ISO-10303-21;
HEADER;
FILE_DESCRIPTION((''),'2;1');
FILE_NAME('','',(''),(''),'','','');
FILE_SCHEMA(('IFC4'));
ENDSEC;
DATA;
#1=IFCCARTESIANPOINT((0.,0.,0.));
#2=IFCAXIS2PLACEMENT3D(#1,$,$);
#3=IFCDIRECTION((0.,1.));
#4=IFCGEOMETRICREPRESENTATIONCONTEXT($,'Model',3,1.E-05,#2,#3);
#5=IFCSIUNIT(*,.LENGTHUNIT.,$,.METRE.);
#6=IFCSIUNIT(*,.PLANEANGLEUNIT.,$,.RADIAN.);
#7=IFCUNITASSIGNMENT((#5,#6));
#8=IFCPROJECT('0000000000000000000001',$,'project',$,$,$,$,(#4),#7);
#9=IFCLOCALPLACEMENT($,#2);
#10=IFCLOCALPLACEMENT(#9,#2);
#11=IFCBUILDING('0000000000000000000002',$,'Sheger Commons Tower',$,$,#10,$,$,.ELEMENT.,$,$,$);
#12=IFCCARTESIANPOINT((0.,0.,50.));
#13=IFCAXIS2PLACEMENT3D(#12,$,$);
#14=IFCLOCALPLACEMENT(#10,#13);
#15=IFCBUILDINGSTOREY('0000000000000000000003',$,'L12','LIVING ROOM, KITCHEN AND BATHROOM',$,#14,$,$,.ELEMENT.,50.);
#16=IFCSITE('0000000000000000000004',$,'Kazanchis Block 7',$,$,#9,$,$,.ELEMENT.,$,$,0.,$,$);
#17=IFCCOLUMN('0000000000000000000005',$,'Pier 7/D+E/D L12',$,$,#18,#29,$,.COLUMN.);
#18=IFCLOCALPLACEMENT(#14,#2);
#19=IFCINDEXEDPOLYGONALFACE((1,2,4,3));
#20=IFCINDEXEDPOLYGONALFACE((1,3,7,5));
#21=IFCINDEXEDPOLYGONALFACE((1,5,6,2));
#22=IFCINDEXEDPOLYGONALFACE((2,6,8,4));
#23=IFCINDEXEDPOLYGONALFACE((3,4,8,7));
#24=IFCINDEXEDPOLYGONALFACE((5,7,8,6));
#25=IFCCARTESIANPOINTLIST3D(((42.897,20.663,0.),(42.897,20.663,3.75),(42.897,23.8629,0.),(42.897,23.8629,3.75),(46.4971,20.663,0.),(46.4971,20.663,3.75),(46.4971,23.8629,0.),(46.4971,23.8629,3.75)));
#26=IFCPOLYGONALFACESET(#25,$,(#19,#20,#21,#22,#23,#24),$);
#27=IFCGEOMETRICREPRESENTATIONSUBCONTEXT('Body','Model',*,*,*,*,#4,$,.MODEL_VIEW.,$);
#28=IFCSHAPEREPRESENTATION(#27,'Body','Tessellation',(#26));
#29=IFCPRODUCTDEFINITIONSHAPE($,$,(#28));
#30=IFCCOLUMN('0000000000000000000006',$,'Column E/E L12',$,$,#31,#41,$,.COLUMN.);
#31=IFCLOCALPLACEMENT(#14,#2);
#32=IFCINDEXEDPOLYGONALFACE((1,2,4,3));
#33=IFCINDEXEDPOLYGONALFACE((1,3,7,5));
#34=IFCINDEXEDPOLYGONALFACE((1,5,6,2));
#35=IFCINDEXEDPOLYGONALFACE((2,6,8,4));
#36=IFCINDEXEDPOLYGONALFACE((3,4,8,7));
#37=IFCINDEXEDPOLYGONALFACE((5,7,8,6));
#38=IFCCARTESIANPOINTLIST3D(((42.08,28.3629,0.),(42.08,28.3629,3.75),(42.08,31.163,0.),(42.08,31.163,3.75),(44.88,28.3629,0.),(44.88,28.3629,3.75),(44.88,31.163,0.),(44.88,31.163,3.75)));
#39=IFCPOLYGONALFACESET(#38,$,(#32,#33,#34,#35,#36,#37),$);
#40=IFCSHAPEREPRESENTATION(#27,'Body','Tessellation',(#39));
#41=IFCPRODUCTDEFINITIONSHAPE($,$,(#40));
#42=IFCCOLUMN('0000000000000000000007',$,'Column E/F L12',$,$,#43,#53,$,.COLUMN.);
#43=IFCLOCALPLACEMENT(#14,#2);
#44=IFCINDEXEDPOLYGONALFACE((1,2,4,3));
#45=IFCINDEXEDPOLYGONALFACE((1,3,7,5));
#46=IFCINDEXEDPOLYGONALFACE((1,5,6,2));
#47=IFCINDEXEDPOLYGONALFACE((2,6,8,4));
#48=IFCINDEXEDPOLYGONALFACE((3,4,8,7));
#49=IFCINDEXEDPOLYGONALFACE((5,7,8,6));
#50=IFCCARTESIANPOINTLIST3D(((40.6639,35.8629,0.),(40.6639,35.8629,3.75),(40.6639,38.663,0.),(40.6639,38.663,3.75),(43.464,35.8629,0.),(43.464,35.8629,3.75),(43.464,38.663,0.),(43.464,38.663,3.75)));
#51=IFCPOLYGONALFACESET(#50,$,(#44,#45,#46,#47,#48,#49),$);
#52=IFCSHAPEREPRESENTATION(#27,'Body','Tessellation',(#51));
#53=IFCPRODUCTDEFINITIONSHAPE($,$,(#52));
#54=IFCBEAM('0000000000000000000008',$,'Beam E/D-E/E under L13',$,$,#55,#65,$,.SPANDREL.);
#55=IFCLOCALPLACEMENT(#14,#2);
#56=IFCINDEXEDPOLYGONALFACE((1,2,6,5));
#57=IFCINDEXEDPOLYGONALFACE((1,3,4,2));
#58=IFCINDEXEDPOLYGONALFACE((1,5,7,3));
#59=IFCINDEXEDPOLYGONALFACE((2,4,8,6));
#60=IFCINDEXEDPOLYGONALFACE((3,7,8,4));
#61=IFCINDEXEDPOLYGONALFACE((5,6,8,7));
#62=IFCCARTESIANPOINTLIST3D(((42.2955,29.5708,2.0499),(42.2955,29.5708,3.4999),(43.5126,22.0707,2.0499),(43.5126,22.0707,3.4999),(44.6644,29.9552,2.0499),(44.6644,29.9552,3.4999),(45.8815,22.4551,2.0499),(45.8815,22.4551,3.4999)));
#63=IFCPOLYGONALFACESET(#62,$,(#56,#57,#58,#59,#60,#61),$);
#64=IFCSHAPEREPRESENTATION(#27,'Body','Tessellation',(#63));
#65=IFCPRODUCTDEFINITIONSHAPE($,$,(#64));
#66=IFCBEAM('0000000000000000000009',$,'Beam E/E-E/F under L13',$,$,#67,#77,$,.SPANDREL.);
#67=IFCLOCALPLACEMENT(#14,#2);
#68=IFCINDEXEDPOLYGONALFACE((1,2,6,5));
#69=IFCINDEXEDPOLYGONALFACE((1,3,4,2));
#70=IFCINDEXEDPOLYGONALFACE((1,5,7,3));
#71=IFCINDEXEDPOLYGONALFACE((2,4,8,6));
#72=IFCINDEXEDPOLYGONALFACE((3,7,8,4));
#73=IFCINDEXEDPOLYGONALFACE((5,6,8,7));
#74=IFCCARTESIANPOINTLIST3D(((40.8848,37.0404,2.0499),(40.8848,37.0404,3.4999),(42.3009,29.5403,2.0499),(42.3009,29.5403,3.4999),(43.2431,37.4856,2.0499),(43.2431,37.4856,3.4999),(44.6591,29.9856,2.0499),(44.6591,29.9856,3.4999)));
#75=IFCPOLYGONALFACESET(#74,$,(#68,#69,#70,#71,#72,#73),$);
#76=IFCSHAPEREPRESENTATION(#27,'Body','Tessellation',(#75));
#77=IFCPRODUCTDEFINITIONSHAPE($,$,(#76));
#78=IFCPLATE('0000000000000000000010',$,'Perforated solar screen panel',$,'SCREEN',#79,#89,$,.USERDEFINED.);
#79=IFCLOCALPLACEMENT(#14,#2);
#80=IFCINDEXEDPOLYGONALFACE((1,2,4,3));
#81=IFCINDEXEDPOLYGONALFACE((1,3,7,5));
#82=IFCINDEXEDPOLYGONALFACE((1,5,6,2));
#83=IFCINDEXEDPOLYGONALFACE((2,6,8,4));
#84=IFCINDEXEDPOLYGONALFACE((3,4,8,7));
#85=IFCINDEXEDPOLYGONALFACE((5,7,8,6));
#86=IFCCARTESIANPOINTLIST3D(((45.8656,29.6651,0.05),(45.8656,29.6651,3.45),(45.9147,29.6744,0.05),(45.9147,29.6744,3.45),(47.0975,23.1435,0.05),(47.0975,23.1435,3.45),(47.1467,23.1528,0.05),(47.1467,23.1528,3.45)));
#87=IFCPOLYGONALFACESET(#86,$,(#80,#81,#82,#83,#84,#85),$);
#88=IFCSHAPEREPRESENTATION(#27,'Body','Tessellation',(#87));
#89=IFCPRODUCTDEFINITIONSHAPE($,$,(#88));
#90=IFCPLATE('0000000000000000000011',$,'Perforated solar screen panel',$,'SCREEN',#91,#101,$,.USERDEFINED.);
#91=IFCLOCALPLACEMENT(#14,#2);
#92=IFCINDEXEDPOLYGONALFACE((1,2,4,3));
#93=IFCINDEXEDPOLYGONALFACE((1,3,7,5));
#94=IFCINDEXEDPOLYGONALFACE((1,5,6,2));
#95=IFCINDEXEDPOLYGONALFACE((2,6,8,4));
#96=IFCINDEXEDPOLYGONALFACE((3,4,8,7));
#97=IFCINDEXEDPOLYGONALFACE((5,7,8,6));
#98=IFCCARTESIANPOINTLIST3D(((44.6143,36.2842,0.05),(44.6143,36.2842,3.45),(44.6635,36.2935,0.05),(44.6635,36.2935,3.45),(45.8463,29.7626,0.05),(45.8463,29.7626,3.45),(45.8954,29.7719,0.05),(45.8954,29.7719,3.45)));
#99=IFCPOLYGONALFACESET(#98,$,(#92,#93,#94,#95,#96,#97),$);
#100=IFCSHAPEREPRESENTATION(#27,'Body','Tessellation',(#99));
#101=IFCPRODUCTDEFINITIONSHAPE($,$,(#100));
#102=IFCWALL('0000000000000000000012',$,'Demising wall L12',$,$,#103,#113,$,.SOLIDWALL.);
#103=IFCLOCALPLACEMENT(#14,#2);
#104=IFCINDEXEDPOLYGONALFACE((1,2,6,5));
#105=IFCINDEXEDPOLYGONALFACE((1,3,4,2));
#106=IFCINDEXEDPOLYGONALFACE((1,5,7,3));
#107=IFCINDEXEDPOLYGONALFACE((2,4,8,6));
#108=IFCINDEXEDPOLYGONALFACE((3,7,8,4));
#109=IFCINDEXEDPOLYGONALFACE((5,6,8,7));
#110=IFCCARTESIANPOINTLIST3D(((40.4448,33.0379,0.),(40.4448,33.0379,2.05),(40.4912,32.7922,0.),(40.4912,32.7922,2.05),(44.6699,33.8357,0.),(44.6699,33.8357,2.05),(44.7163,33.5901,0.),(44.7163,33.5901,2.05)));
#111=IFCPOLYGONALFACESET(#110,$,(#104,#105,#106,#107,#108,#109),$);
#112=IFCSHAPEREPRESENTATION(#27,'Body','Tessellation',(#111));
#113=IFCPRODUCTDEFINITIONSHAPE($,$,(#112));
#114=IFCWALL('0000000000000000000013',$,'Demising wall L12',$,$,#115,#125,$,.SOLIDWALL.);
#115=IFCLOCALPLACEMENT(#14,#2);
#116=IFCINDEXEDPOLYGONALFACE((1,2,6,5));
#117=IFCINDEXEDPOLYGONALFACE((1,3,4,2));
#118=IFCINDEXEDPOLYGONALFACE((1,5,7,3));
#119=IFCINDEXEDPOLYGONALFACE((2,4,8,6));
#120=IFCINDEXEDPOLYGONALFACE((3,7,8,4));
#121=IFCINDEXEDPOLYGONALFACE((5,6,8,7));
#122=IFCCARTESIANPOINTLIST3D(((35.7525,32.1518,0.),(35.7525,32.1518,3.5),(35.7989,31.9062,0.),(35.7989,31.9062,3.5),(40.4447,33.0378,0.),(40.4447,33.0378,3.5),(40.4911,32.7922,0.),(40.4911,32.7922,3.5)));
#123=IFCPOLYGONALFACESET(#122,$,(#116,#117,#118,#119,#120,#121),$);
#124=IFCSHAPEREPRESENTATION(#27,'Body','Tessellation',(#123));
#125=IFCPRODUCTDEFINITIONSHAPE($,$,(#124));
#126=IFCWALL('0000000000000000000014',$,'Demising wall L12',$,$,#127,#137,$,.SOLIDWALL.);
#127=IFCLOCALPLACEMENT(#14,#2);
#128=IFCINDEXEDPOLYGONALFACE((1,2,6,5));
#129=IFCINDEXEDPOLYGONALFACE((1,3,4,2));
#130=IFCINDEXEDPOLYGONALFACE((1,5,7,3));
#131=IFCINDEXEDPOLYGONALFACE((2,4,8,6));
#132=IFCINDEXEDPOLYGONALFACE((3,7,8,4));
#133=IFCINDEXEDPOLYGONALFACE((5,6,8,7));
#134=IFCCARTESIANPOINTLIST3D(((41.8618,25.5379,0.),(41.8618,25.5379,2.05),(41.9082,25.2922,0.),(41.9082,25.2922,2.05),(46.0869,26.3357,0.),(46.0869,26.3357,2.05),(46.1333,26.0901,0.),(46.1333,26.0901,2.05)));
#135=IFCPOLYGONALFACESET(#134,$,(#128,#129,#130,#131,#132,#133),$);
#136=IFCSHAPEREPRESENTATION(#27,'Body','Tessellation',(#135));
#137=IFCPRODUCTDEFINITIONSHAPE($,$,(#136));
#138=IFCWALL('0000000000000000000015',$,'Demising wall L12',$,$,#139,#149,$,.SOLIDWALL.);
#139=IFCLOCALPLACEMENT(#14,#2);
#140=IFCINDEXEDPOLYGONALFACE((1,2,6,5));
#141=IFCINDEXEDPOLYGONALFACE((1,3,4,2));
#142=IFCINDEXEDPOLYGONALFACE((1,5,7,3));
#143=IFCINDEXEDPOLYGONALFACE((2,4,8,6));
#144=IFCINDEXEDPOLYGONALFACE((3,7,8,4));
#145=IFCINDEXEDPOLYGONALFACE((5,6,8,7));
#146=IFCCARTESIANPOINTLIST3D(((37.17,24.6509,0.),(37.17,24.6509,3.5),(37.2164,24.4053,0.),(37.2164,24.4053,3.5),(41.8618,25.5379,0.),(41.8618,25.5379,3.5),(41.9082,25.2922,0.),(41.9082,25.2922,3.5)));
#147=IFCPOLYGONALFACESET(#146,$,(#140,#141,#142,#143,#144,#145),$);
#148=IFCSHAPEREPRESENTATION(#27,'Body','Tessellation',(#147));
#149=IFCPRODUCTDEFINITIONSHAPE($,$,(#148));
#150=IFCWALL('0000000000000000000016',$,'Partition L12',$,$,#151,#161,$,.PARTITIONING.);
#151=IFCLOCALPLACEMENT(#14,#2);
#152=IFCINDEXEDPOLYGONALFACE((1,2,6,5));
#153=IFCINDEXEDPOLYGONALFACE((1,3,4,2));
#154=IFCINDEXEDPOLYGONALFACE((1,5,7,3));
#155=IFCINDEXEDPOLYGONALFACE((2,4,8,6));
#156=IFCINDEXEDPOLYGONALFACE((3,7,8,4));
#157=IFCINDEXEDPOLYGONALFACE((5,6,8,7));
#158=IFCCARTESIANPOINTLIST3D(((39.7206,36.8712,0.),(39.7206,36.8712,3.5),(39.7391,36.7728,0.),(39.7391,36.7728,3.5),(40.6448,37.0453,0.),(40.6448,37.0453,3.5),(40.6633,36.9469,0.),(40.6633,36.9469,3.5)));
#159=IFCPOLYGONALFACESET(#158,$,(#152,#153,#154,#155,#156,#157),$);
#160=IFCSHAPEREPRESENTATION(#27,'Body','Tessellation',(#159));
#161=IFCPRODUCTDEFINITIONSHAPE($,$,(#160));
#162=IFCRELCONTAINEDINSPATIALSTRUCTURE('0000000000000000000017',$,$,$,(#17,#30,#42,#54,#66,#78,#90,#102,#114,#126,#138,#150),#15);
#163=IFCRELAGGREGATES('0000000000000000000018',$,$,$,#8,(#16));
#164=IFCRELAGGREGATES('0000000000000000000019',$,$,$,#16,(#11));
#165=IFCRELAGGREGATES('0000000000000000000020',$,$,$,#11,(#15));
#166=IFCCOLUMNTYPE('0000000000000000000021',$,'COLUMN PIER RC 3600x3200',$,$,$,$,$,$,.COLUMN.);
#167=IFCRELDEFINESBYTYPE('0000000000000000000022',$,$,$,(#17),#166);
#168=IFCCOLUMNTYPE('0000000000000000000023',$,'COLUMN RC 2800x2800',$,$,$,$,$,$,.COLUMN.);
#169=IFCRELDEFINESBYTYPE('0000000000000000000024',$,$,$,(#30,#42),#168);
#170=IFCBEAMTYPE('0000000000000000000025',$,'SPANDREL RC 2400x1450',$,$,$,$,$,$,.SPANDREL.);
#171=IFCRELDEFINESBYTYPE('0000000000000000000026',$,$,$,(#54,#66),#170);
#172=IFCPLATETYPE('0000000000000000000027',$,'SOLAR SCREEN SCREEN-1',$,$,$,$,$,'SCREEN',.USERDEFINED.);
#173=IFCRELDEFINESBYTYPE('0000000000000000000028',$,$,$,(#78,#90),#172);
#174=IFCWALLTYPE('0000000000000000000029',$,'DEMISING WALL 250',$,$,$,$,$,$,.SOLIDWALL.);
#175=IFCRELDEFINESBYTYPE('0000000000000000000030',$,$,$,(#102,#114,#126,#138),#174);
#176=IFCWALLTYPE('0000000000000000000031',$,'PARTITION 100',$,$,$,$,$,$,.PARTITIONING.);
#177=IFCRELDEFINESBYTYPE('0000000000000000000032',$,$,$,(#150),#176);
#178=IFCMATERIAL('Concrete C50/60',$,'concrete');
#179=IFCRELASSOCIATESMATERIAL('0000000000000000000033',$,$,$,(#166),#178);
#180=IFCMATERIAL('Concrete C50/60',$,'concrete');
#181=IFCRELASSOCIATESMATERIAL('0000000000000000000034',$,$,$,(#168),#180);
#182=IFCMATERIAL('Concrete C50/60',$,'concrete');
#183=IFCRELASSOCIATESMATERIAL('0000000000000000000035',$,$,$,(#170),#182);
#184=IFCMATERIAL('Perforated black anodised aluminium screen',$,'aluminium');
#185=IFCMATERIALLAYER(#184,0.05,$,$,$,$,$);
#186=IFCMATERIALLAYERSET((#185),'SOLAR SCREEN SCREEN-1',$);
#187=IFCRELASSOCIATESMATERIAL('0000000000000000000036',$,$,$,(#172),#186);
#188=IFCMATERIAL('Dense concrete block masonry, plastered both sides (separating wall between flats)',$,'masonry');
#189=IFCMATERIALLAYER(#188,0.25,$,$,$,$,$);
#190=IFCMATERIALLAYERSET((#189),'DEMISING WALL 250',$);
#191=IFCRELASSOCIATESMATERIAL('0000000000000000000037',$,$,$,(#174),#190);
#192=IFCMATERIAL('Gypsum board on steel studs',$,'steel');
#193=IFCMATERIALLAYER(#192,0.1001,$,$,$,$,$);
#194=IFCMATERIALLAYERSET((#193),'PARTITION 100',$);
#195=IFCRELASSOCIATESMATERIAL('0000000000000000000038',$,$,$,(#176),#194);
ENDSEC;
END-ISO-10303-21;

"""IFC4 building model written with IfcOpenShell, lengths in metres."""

from ifc_helpers import new_model, si_unit, direction, frame, frame_2d, origin, origin_2d, place, context, subcontext, project, spatial, rectangle, extrude, material, layer, layer_set, material_profile, profile_set, type_object, element, save


model = new_model("IFC4")

# Units and contexts
model_context = context("Model", 3, precision=1e-05, world=origin(), true_north=direction((0.0, 1.0)))
body_context = subcontext(model_context, "Body", "Model", "MODEL_VIEW")
ifc_project = project(units=[si_unit("LENGTHUNIT", "METRE"), si_unit("PLANEANGLEUNIT", "RADIAN")], contexts=[model_context])

# Site, building, storey
site_placement = place(None, origin())
site = spatial("IfcSite", under=ifc_project, at=site_placement, Name="Kazanchis Block 7", CompositionType="ELEMENT", RefElevation=0.0)
building_placement = place(site_placement, origin())
building = spatial("IfcBuilding", under=site, at=building_placement, Name="Sheger Commons Tower", CompositionType="ELEMENT")
storey_placement = place(building_placement, frame((0.0, 0.0, 50.0)))
storey = spatial("IfcBuildingStorey", under=building, at=storey_placement, Name="L12", Description="LIVING ROOM, KITCHEN AND BATHROOM", CompositionType="ELEMENT", Elevation=50.0)

# Columns
ifc_material_1 = material(Name="Concrete C50/60", Category="concrete")
ifc_material_profile_1 = material_profile(ifc_material_1, rectangle(XDim=3.6001, YDim=3.2, at=origin_2d()), Name="RC 3600x3200")
ifc_profile_set_1 = profile_set([ifc_material_profile_1], Name="Concrete C50/60")
column_type_1 = type_object("IfcColumnType", Name="COLUMN PIER RC 3600x3200", PredefinedType="COLUMN", material=ifc_profile_set_1)
column_placement = place(storey_placement, frame((44.697, 22.2629, 0.0), z_axis=(0.0, 0.0, 1.0), x_axis=(1.0, 0.0, 0.0)))
element("IfcColumn", 1, at=column_placement, inside=storey, type_object=column_type_1, Name="Pier 7/D+E/D L12", PredefinedType="COLUMN", context=body_context, shape_type="SweptSolid", body=[
    extrude(rectangle(XDim=3.6001, YDim=3.2, at=origin_2d()), origin(), (0.0, 0.0, 1.0), 3.75),
])
ifc_material_2 = material(Name="Concrete C50/60", Category="concrete")
ifc_material_profile_2 = material_profile(ifc_material_2, rectangle(XDim=2.8, YDim=2.8, at=origin_2d()), Name="RC 2800x2800")
ifc_profile_set_2 = profile_set([ifc_material_profile_2], Name="Concrete C50/60")
column_type_2 = type_object("IfcColumnType", Name="COLUMN RC 2800x2800", PredefinedType="COLUMN", material=ifc_profile_set_2)
for number, where, z_axis, x_axis, name in (
    (2, (43.48, 29.7629, 0.0), (0.0, 0.0, 1.0), (1.0, 0.0, 0.0), "Column E/E L12"),
    (3, (42.064, 37.2629, 0.0), (0.0, 0.0, 1.0), (1.0, 0.0, 0.0), "Column E/F L12"),
):
    element("IfcColumn", number, at=place(storey_placement, frame(where, z_axis=z_axis, x_axis=x_axis)), inside=storey, type_object=column_type_2, Name=name, PredefinedType="COLUMN", context=body_context, shape_type="SweptSolid", body=[
        extrude(rectangle(XDim=2.8, YDim=2.8, at=origin_2d()), origin(), (0.0, 0.0, 1.0), 3.75),
    ])

# Beams
ifc_material_3 = material(Name="Concrete C50/60", Category="concrete")
ifc_material_profile_3 = material_profile(ifc_material_3, rectangle(XDim=2.3999, YDim=1.45, at=origin_2d()), Name="RC 2400x1450")
ifc_profile_set_3 = profile_set([ifc_material_profile_3], Name="Concrete C50/60")
beam_type = type_object("IfcBeamType", Name="SPANDREL RC 2400x1450", PredefinedType="SPANDREL", material=ifc_profile_set_3)
beam_1_placement = place(storey_placement, frame((44.697, 22.2629, 2.7749), z_axis=(-0.160177, 0.987088, 0.0), x_axis=(-0.987088, -0.160177, 0.0)))
element("IfcBeam", 4, at=beam_1_placement, inside=storey, type_object=beam_type, Name="Beam E/D-E/E under L13", PredefinedType="SPANDREL", context=body_context, shape_type="SweptSolid", body=[
    extrude(rectangle(XDim=2.3999, YDim=1.45, at=origin_2d()), origin(), (0.0, 0.0, 1.0), 7.5981),
])
beam_2_placement = place(storey_placement, frame((43.48, 29.7629, 2.7749), z_axis=(-0.185524, 0.98264, 0.0), x_axis=(-0.98264, -0.185524, 0.0)))
element("IfcBeam", 5, at=beam_2_placement, inside=storey, type_object=beam_type, Name="Beam E/E-E/F under L13", PredefinedType="SPANDREL", context=body_context, shape_type="SweptSolid", body=[
    extrude(rectangle(XDim=2.3999, YDim=1.45, at=origin_2d()), origin(), (0.0, 0.0, 1.0), 7.6326),
])

# Plates
ifc_material_4 = material(Name="Perforated black anodised aluminium screen", Category="aluminium")
ifc_layer_1 = layer(ifc_material_4, 0.05)
ifc_layer_set_1 = layer_set([ifc_layer_1], Name="SOLAR SCREEN SCREEN-1")
plate_type = type_object("IfcPlateType", Name="SOLAR SCREEN SCREEN-1", ElementType="SCREEN", PredefinedType="USERDEFINED", material=ifc_layer_set_1)
for number, where, z_axis, x_axis, name in (
    (6, (46.5061, 26.4089, 0.05), (0.0, 0.0, 1.0), (-0.185615, 0.982623, 0.0), "Perforated solar screen panel"),
    (7, (45.2549, 33.0281, 0.05), (0.0, 0.0, 1.0), (-0.185615, 0.982623, 0.0), "Perforated solar screen panel"),
):
    element("IfcPlate", number, at=place(storey_placement, frame(where, z_axis=z_axis, x_axis=x_axis)), inside=storey, type_object=plate_type, Name=name, ObjectType="SCREEN", PredefinedType="USERDEFINED", context=body_context, shape_type="SweptSolid", body=[
        extrude(rectangle(XDim=6.637, YDim=0.05, at=origin_2d()), origin(), (0.0, 0.0, 1.0), 3.3999),
    ])

# Walls
ifc_material_5 = material(Name="Dense concrete block masonry, plastered both sides (separating wall between flats)", Category="masonry")
ifc_layer_2 = layer(ifc_material_5, 0.25)
ifc_layer_set_2 = layer_set([ifc_layer_2], Name="DEMISING WALL 250")
wall_type_1 = type_object("IfcWallType", Name="DEMISING WALL 250", PredefinedType="SOLIDWALL", material=ifc_layer_set_2)
wall_1_placement = place(storey_placement, frame((44.6931, 33.7129, 0.0), z_axis=(0.0, 0.0, 1.0), x_axis=(-0.982634, -0.185557, 0.0)))
element("IfcWall", 8, at=wall_1_placement, inside=storey, type_object=wall_type_1, Name="Demising wall L12", PredefinedType="SOLIDWALL", context=body_context, shape_type="SweptSolid", body=[
    extrude(rectangle(XDim=4.2998, YDim=0.25, at=frame_2d((2.1499, 0.0))), origin(), (0.0, 0.0, 1.0), 2.05),
])
wall_2_placement = place(storey_placement, frame((40.468, 32.915, 0.0), z_axis=(0.0, 0.0, 1.0), x_axis=(-0.982636, -0.185545, 0.0)))
element("IfcWall", 9, at=wall_2_placement, inside=storey, type_object=wall_type_1, Name="Demising wall L12", PredefinedType="SOLIDWALL", context=body_context, shape_type="SweptSolid", body=[
    extrude(rectangle(XDim=4.7751, YDim=0.25, at=frame_2d((2.3877, 0.0))), origin(), (0.0, 0.0, 1.0), 3.5),
])
wall_3_placement = place(storey_placement, frame((46.1101, 26.2129, 0.0), z_axis=(0.0, 0.0, 1.0), x_axis=(-0.982634, -0.185557, 0.0)))
element("IfcWall", 10, at=wall_3_placement, inside=storey, type_object=wall_type_1, Name="Demising wall L12", PredefinedType="SOLIDWALL", context=body_context, shape_type="SweptSolid", body=[
    extrude(rectangle(XDim=4.2998, YDim=0.25, at=frame_2d((2.1499, 0.0))), origin(), (0.0, 0.0, 1.0), 2.05),
])
wall_4_placement = place(storey_placement, frame((41.885, 25.415, 0.0), z_axis=(0.0, 0.0, 1.0), x_axis=(-0.982597, -0.185752, 0.0)))
element("IfcWall", 11, at=wall_4_placement, inside=storey, type_object=wall_type_1, Name="Demising wall L12", PredefinedType="SOLIDWALL", context=body_context, shape_type="SweptSolid", body=[
    extrude(rectangle(XDim=4.7749, YDim=0.25, at=frame_2d((2.3875, 0.0))), origin(), (0.0, 0.0, 1.0), 3.5),
])
ifc_material_6 = material(Name="Gypsum board on steel studs", Category="steel")
ifc_layer_3 = layer(ifc_material_6, 0.1001)
ifc_layer_set_3 = layer_set([ifc_layer_3], Name="PARTITION 100")
wall_type_2 = type_object("IfcWallType", Name="PARTITION 100", PredefinedType="PARTITIONING", material=ifc_layer_set_3)
wall_5_placement = place(storey_placement, frame((40.6541, 36.9961, 0.0), z_axis=(0.0, 0.0, 1.0), x_axis=(-0.982716, -0.185119, 0.0)))
element("IfcWall", 12, at=wall_5_placement, inside=storey, type_object=wall_type_2, Name="Partition L12", PredefinedType="PARTITIONING", context=body_context, shape_type="SweptSolid", body=[
    extrude(rectangle(XDim=0.9404, YDim=0.1001, at=frame_2d((0.4702, 0.0))), origin(), (0.0, 0.0, 1.0), 3.5),
])

save(model, "model.ifc")
